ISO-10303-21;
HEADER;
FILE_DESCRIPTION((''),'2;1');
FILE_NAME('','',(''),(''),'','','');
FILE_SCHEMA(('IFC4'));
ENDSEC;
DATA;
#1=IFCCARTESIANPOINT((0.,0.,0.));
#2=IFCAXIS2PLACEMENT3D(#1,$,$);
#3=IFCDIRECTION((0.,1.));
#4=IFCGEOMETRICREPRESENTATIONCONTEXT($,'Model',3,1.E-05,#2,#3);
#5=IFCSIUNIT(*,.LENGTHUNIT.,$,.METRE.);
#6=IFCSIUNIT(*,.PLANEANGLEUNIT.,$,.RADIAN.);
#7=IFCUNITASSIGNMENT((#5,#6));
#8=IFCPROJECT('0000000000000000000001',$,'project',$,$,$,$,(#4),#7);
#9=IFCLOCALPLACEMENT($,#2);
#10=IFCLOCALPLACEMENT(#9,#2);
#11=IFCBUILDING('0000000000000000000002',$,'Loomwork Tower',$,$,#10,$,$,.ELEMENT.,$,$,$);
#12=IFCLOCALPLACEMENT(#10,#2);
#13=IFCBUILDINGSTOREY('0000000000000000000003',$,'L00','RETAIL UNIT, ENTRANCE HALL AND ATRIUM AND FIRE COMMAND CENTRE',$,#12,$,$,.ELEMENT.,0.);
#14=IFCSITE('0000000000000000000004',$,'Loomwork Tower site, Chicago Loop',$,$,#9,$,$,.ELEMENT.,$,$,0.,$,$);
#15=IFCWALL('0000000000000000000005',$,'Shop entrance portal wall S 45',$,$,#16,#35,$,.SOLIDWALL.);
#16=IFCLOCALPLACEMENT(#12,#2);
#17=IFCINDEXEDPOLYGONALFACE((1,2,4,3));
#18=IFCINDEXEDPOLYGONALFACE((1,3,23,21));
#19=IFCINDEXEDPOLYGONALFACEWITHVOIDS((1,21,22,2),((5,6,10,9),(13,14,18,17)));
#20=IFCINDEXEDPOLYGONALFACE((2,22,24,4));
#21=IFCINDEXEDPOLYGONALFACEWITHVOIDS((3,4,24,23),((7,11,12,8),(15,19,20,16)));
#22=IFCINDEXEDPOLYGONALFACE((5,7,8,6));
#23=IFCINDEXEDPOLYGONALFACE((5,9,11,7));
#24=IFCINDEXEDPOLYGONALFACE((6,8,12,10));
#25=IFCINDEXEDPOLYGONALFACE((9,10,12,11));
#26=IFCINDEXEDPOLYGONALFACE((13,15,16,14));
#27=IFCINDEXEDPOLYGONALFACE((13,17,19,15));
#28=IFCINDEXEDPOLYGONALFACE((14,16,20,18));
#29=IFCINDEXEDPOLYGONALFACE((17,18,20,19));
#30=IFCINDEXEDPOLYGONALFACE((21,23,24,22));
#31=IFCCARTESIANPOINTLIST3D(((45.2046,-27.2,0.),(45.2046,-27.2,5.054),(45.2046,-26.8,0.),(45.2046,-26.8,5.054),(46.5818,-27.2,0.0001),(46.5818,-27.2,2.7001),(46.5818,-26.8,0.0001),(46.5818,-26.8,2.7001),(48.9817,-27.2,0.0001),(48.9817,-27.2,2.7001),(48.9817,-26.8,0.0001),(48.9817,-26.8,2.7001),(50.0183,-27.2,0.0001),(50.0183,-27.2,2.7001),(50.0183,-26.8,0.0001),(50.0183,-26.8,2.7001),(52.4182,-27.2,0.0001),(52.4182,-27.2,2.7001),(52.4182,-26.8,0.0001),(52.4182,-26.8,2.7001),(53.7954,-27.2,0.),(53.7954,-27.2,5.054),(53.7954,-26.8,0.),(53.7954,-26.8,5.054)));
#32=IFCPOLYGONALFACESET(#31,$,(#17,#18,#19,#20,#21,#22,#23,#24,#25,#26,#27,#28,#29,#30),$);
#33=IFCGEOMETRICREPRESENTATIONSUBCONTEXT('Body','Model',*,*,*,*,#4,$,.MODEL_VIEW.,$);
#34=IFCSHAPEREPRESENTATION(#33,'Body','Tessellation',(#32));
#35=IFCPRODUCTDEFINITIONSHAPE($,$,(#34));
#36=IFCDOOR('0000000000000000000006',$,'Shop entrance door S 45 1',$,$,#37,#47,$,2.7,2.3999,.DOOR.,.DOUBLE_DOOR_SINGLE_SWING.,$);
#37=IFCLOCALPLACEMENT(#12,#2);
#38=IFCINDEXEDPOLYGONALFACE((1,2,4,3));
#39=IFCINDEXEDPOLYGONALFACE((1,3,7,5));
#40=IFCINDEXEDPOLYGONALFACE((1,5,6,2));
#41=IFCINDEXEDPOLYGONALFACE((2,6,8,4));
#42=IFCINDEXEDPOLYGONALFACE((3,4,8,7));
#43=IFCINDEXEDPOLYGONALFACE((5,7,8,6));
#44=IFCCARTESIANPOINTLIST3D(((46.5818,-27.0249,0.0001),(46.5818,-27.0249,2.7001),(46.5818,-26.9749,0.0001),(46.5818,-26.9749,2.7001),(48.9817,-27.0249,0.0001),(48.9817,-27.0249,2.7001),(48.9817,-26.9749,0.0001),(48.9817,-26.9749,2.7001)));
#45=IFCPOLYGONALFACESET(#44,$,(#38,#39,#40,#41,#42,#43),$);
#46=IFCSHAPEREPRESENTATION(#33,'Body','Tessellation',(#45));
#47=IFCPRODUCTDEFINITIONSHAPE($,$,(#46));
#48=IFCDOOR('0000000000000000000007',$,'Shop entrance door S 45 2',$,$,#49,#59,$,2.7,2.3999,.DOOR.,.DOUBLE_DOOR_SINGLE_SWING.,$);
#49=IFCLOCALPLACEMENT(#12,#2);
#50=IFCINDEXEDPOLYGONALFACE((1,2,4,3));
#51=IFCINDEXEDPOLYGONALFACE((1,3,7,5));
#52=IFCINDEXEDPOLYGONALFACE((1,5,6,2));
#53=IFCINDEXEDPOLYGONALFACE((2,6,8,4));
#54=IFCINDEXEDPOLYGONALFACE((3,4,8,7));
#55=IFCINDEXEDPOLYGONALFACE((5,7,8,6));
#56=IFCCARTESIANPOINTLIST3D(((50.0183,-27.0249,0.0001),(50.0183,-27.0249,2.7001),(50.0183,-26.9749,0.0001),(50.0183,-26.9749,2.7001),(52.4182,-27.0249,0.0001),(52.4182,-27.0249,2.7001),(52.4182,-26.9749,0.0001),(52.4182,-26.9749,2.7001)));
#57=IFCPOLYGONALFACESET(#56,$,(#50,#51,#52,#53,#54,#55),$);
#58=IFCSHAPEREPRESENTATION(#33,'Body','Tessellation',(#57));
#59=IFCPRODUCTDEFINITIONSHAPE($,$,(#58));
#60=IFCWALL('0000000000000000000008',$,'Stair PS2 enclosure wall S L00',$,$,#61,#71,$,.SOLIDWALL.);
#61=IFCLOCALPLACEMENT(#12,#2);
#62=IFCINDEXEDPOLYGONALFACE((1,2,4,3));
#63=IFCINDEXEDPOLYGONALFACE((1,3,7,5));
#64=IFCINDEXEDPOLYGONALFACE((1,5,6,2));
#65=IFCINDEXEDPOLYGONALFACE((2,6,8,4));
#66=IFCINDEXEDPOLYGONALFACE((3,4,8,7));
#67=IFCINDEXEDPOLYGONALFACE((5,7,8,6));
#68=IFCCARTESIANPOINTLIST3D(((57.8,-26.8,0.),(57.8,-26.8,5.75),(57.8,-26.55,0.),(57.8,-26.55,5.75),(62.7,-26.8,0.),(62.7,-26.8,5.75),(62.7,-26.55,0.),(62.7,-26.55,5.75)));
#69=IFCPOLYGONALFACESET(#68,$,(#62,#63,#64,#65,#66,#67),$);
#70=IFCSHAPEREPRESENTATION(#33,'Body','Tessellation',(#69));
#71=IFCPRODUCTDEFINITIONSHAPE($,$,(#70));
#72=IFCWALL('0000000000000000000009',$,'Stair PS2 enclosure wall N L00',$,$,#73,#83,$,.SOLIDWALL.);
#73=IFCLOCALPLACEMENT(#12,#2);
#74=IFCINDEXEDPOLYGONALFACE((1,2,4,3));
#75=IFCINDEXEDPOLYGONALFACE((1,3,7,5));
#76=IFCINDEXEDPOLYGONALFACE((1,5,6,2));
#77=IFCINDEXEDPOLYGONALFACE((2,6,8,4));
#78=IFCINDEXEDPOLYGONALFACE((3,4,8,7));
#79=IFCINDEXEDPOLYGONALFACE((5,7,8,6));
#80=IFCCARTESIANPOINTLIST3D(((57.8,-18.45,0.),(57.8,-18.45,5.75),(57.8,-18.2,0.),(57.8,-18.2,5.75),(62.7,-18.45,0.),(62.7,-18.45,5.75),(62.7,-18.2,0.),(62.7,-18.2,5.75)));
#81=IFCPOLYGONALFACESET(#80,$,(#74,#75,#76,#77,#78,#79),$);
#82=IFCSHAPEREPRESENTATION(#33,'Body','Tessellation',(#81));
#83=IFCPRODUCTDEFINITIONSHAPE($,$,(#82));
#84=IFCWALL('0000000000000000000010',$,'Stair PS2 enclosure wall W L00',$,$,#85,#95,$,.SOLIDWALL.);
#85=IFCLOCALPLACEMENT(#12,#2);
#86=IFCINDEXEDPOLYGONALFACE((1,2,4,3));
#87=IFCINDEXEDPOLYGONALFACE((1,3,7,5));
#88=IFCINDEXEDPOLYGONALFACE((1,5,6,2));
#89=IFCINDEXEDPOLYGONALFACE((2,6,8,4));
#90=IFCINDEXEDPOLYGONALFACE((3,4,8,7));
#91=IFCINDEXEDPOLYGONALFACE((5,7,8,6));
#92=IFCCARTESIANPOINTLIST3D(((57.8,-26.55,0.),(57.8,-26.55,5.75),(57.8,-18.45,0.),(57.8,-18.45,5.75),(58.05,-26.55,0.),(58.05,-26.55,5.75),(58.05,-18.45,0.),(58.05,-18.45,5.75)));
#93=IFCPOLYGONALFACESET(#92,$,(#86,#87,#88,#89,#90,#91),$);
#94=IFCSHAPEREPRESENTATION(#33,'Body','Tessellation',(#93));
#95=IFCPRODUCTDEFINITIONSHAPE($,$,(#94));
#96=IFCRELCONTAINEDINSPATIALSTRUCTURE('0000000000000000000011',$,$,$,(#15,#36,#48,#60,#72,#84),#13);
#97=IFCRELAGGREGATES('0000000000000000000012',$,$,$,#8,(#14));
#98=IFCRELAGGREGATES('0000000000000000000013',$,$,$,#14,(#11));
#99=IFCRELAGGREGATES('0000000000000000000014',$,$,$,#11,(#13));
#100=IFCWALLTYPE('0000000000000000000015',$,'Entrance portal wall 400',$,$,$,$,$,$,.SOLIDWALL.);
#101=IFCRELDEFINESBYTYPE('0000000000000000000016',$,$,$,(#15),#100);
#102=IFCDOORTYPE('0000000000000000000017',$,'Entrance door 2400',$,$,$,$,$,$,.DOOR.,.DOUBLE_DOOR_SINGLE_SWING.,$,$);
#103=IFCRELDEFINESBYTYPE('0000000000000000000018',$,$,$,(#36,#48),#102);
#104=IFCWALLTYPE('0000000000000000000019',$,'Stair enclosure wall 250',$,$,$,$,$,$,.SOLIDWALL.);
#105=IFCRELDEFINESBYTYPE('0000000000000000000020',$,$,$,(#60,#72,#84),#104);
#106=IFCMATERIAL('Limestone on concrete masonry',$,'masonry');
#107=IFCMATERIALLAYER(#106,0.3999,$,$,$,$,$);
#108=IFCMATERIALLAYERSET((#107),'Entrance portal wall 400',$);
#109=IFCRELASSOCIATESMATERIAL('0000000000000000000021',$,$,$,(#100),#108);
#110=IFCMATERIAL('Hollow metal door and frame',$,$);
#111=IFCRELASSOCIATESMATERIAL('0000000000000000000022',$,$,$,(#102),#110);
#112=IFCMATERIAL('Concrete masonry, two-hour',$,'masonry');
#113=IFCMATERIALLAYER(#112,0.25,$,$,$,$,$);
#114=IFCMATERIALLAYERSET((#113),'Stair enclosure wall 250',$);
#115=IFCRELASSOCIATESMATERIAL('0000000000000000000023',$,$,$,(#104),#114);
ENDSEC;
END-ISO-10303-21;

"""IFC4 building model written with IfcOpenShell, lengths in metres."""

from ifc_helpers import new_model, si_unit, direction, frame, frame_2d, origin, place, context, subcontext, project, spatial, rectangle, extrude, material, layer, layer_set, type_object, element, fill, save


model = new_model("IFC4")

# Units and contexts
model_context = context("Model", 3, precision=1e-05, world=origin(), true_north=direction((0.0, 1.0)))
body_context = subcontext(model_context, "Body", "Model", "MODEL_VIEW")
ifc_project = project(units=[si_unit("LENGTHUNIT", "METRE"), si_unit("PLANEANGLEUNIT", "RADIAN")], contexts=[model_context])

# Site, building, storey
site_placement = place(None, origin())
site = spatial("IfcSite", under=ifc_project, at=site_placement, Name="Loomwork Tower site, Chicago Loop", CompositionType="ELEMENT", RefElevation=0.0)
building_placement = place(site_placement, origin())
building = spatial("IfcBuilding", under=site, at=building_placement, Name="Loomwork Tower", CompositionType="ELEMENT")
storey_placement = place(building_placement, origin())
storey = spatial("IfcBuildingStorey", under=building, at=storey_placement, Name="L00", Description="RETAIL UNIT, ENTRANCE HALL AND ATRIUM AND FIRE COMMAND CENTRE", CompositionType="ELEMENT", Elevation=0.0)

# Wall, openings, doors
ifc_material_1 = material(Name="Limestone on concrete masonry", Category="masonry")
ifc_layer_1 = layer(ifc_material_1, 0.3999)
ifc_layer_set_1 = layer_set([ifc_layer_1], Name="Entrance portal wall 400")
wall_type_1 = type_object("IfcWallType", Name="Entrance portal wall 400", PredefinedType="SOLIDWALL", material=ifc_layer_set_1)
wall_1_placement = place(storey_placement, frame((45.2046, -27.0, 0.0), z_axis=(0.0, 0.0, 1.0), x_axis=(1.0, 0.0, 0.0)))
wall_1 = element("IfcWall", 1, at=wall_1_placement, inside=storey, type_object=wall_type_1, Name="Shop entrance portal wall S 45", PredefinedType="SOLIDWALL", context=body_context, shape_type="SweptSolid", body=[
    extrude(rectangle(XDim=8.5908, YDim=0.3999, at=frame_2d((4.2954, 0.0))), origin(), (0.0, 0.0, 1.0), 5.054),
])
opening_1_placement = place(wall_1_placement, frame((1.3772, 0.0, 0.0)))
opening_1 = element("IfcOpeningElement", 2, at=opening_1_placement, cuts=wall_1, PredefinedType="OPENING", context=body_context, shape_type="SweptSolid", body=[
    extrude(rectangle(XDim=2.3999, YDim=2.7, at=frame_2d((1.2, 1.3501))), frame((0.0, 0.21, 0.0), z_axis=(0.0, -1.0, 0.0), x_axis=(1.0, 0.0, 0.0)), (0.0, 0.0, 1.0), 0.4199),
])
opening_2_placement = place(wall_1_placement, frame((4.8137, 0.0, 0.0)))
opening_2 = element("IfcOpeningElement", 3, at=opening_2_placement, cuts=wall_1, PredefinedType="OPENING", context=body_context, shape_type="SweptSolid", body=[
    extrude(rectangle(XDim=2.3999, YDim=2.7, at=frame_2d((1.2, 1.3501))), frame((0.0, 0.21, 0.0), z_axis=(0.0, -1.0, 0.0), x_axis=(1.0, 0.0, 0.0)), (0.0, 0.0, 1.0), 0.4199),
])
ifc_material_2 = material(Name="Hollow metal door and frame")
door_type = type_object("IfcDoorType", Name="Entrance door 2400", OperationType="DOUBLE_DOOR_SINGLE_SWING", PredefinedType="DOOR", material=ifc_material_2)
door_1_placement = place(opening_1_placement, frame((2.3999, 0.0, 0.0), z_axis=(0.0, 0.0, 1.0), x_axis=(-1.0, 0.0, 0.0)))
door_1 = element("IfcDoor", 4, at=door_1_placement, inside=storey, type_object=door_type, Name="Shop entrance door S 45 1", OperationType="DOUBLE_DOOR_SINGLE_SWING", OverallHeight=2.7, OverallWidth=2.3999, PredefinedType="DOOR", context=body_context, shape_type="SweptSolid", body=[
    extrude(rectangle(XDim=2.3999, YDim=2.7, at=frame_2d((1.2, 1.3501))), frame((0.0, 0.0249, 0.0), z_axis=(0.0, -1.0, 0.0), x_axis=(1.0, 0.0, 0.0)), (0.0, 0.0, 1.0), 0.05),
])
fill(opening_1, door_1)
door_2_placement = place(opening_2_placement, frame((2.3999, 0.0, 0.0), z_axis=(0.0, 0.0, 1.0), x_axis=(-1.0, 0.0, 0.0)))
door_2 = element("IfcDoor", 5, at=door_2_placement, inside=storey, type_object=door_type, Name="Shop entrance door S 45 2", OperationType="DOUBLE_DOOR_SINGLE_SWING", OverallHeight=2.7, OverallWidth=2.3999, PredefinedType="DOOR", context=body_context, shape_type="SweptSolid", body=[
    extrude(rectangle(XDim=2.3999, YDim=2.7, at=frame_2d((1.2, 1.3501))), frame((0.0, 0.0249, 0.0), z_axis=(0.0, -1.0, 0.0), x_axis=(1.0, 0.0, 0.0)), (0.0, 0.0, 1.0), 0.05),
])
fill(opening_2, door_2)

# Walls
ifc_material_3 = material(Name="Concrete masonry, two-hour", Category="masonry")
ifc_layer_2 = layer(ifc_material_3, 0.25)
ifc_layer_set_2 = layer_set([ifc_layer_2], Name="Stair enclosure wall 250")
wall_type_2 = type_object("IfcWallType", Name="Stair enclosure wall 250", PredefinedType="SOLIDWALL", material=ifc_layer_set_2)
for number, where, z_axis, x_axis, name in (
    (6, (57.8, -26.675, 0.0), (0.0, 0.0, 1.0), (1.0, 0.0, 0.0), "Stair PS2 enclosure wall S L00"),
    (7, (57.8, -18.325, 0.0), (0.0, 0.0, 1.0), (1.0, 0.0, 0.0), "Stair PS2 enclosure wall N L00"),
):
    element("IfcWall", number, at=place(storey_placement, frame(where, z_axis=z_axis, x_axis=x_axis)), inside=storey, type_object=wall_type_2, Name=name, PredefinedType="SOLIDWALL", context=body_context, shape_type="SweptSolid", body=[
        extrude(rectangle(XDim=4.8999, YDim=0.25, at=frame_2d((2.45, 0.0))), origin(), (0.0, 0.0, 1.0), 5.75),
    ])
wall_2_placement = place(storey_placement, frame((57.925, -26.55, 0.0), z_axis=(0.0, 0.0, 1.0), x_axis=(0.0, 1.0, 0.0)))
element("IfcWall", 8, at=wall_2_placement, inside=storey, type_object=wall_type_2, Name="Stair PS2 enclosure wall W L00", PredefinedType="SOLIDWALL", context=body_context, shape_type="SweptSolid", body=[
    extrude(rectangle(XDim=8.1001, YDim=0.25, at=frame_2d((4.05, 0.0))), origin(), (0.0, 0.0, 1.0), 5.75),
])

save(model, "model.ifc")
